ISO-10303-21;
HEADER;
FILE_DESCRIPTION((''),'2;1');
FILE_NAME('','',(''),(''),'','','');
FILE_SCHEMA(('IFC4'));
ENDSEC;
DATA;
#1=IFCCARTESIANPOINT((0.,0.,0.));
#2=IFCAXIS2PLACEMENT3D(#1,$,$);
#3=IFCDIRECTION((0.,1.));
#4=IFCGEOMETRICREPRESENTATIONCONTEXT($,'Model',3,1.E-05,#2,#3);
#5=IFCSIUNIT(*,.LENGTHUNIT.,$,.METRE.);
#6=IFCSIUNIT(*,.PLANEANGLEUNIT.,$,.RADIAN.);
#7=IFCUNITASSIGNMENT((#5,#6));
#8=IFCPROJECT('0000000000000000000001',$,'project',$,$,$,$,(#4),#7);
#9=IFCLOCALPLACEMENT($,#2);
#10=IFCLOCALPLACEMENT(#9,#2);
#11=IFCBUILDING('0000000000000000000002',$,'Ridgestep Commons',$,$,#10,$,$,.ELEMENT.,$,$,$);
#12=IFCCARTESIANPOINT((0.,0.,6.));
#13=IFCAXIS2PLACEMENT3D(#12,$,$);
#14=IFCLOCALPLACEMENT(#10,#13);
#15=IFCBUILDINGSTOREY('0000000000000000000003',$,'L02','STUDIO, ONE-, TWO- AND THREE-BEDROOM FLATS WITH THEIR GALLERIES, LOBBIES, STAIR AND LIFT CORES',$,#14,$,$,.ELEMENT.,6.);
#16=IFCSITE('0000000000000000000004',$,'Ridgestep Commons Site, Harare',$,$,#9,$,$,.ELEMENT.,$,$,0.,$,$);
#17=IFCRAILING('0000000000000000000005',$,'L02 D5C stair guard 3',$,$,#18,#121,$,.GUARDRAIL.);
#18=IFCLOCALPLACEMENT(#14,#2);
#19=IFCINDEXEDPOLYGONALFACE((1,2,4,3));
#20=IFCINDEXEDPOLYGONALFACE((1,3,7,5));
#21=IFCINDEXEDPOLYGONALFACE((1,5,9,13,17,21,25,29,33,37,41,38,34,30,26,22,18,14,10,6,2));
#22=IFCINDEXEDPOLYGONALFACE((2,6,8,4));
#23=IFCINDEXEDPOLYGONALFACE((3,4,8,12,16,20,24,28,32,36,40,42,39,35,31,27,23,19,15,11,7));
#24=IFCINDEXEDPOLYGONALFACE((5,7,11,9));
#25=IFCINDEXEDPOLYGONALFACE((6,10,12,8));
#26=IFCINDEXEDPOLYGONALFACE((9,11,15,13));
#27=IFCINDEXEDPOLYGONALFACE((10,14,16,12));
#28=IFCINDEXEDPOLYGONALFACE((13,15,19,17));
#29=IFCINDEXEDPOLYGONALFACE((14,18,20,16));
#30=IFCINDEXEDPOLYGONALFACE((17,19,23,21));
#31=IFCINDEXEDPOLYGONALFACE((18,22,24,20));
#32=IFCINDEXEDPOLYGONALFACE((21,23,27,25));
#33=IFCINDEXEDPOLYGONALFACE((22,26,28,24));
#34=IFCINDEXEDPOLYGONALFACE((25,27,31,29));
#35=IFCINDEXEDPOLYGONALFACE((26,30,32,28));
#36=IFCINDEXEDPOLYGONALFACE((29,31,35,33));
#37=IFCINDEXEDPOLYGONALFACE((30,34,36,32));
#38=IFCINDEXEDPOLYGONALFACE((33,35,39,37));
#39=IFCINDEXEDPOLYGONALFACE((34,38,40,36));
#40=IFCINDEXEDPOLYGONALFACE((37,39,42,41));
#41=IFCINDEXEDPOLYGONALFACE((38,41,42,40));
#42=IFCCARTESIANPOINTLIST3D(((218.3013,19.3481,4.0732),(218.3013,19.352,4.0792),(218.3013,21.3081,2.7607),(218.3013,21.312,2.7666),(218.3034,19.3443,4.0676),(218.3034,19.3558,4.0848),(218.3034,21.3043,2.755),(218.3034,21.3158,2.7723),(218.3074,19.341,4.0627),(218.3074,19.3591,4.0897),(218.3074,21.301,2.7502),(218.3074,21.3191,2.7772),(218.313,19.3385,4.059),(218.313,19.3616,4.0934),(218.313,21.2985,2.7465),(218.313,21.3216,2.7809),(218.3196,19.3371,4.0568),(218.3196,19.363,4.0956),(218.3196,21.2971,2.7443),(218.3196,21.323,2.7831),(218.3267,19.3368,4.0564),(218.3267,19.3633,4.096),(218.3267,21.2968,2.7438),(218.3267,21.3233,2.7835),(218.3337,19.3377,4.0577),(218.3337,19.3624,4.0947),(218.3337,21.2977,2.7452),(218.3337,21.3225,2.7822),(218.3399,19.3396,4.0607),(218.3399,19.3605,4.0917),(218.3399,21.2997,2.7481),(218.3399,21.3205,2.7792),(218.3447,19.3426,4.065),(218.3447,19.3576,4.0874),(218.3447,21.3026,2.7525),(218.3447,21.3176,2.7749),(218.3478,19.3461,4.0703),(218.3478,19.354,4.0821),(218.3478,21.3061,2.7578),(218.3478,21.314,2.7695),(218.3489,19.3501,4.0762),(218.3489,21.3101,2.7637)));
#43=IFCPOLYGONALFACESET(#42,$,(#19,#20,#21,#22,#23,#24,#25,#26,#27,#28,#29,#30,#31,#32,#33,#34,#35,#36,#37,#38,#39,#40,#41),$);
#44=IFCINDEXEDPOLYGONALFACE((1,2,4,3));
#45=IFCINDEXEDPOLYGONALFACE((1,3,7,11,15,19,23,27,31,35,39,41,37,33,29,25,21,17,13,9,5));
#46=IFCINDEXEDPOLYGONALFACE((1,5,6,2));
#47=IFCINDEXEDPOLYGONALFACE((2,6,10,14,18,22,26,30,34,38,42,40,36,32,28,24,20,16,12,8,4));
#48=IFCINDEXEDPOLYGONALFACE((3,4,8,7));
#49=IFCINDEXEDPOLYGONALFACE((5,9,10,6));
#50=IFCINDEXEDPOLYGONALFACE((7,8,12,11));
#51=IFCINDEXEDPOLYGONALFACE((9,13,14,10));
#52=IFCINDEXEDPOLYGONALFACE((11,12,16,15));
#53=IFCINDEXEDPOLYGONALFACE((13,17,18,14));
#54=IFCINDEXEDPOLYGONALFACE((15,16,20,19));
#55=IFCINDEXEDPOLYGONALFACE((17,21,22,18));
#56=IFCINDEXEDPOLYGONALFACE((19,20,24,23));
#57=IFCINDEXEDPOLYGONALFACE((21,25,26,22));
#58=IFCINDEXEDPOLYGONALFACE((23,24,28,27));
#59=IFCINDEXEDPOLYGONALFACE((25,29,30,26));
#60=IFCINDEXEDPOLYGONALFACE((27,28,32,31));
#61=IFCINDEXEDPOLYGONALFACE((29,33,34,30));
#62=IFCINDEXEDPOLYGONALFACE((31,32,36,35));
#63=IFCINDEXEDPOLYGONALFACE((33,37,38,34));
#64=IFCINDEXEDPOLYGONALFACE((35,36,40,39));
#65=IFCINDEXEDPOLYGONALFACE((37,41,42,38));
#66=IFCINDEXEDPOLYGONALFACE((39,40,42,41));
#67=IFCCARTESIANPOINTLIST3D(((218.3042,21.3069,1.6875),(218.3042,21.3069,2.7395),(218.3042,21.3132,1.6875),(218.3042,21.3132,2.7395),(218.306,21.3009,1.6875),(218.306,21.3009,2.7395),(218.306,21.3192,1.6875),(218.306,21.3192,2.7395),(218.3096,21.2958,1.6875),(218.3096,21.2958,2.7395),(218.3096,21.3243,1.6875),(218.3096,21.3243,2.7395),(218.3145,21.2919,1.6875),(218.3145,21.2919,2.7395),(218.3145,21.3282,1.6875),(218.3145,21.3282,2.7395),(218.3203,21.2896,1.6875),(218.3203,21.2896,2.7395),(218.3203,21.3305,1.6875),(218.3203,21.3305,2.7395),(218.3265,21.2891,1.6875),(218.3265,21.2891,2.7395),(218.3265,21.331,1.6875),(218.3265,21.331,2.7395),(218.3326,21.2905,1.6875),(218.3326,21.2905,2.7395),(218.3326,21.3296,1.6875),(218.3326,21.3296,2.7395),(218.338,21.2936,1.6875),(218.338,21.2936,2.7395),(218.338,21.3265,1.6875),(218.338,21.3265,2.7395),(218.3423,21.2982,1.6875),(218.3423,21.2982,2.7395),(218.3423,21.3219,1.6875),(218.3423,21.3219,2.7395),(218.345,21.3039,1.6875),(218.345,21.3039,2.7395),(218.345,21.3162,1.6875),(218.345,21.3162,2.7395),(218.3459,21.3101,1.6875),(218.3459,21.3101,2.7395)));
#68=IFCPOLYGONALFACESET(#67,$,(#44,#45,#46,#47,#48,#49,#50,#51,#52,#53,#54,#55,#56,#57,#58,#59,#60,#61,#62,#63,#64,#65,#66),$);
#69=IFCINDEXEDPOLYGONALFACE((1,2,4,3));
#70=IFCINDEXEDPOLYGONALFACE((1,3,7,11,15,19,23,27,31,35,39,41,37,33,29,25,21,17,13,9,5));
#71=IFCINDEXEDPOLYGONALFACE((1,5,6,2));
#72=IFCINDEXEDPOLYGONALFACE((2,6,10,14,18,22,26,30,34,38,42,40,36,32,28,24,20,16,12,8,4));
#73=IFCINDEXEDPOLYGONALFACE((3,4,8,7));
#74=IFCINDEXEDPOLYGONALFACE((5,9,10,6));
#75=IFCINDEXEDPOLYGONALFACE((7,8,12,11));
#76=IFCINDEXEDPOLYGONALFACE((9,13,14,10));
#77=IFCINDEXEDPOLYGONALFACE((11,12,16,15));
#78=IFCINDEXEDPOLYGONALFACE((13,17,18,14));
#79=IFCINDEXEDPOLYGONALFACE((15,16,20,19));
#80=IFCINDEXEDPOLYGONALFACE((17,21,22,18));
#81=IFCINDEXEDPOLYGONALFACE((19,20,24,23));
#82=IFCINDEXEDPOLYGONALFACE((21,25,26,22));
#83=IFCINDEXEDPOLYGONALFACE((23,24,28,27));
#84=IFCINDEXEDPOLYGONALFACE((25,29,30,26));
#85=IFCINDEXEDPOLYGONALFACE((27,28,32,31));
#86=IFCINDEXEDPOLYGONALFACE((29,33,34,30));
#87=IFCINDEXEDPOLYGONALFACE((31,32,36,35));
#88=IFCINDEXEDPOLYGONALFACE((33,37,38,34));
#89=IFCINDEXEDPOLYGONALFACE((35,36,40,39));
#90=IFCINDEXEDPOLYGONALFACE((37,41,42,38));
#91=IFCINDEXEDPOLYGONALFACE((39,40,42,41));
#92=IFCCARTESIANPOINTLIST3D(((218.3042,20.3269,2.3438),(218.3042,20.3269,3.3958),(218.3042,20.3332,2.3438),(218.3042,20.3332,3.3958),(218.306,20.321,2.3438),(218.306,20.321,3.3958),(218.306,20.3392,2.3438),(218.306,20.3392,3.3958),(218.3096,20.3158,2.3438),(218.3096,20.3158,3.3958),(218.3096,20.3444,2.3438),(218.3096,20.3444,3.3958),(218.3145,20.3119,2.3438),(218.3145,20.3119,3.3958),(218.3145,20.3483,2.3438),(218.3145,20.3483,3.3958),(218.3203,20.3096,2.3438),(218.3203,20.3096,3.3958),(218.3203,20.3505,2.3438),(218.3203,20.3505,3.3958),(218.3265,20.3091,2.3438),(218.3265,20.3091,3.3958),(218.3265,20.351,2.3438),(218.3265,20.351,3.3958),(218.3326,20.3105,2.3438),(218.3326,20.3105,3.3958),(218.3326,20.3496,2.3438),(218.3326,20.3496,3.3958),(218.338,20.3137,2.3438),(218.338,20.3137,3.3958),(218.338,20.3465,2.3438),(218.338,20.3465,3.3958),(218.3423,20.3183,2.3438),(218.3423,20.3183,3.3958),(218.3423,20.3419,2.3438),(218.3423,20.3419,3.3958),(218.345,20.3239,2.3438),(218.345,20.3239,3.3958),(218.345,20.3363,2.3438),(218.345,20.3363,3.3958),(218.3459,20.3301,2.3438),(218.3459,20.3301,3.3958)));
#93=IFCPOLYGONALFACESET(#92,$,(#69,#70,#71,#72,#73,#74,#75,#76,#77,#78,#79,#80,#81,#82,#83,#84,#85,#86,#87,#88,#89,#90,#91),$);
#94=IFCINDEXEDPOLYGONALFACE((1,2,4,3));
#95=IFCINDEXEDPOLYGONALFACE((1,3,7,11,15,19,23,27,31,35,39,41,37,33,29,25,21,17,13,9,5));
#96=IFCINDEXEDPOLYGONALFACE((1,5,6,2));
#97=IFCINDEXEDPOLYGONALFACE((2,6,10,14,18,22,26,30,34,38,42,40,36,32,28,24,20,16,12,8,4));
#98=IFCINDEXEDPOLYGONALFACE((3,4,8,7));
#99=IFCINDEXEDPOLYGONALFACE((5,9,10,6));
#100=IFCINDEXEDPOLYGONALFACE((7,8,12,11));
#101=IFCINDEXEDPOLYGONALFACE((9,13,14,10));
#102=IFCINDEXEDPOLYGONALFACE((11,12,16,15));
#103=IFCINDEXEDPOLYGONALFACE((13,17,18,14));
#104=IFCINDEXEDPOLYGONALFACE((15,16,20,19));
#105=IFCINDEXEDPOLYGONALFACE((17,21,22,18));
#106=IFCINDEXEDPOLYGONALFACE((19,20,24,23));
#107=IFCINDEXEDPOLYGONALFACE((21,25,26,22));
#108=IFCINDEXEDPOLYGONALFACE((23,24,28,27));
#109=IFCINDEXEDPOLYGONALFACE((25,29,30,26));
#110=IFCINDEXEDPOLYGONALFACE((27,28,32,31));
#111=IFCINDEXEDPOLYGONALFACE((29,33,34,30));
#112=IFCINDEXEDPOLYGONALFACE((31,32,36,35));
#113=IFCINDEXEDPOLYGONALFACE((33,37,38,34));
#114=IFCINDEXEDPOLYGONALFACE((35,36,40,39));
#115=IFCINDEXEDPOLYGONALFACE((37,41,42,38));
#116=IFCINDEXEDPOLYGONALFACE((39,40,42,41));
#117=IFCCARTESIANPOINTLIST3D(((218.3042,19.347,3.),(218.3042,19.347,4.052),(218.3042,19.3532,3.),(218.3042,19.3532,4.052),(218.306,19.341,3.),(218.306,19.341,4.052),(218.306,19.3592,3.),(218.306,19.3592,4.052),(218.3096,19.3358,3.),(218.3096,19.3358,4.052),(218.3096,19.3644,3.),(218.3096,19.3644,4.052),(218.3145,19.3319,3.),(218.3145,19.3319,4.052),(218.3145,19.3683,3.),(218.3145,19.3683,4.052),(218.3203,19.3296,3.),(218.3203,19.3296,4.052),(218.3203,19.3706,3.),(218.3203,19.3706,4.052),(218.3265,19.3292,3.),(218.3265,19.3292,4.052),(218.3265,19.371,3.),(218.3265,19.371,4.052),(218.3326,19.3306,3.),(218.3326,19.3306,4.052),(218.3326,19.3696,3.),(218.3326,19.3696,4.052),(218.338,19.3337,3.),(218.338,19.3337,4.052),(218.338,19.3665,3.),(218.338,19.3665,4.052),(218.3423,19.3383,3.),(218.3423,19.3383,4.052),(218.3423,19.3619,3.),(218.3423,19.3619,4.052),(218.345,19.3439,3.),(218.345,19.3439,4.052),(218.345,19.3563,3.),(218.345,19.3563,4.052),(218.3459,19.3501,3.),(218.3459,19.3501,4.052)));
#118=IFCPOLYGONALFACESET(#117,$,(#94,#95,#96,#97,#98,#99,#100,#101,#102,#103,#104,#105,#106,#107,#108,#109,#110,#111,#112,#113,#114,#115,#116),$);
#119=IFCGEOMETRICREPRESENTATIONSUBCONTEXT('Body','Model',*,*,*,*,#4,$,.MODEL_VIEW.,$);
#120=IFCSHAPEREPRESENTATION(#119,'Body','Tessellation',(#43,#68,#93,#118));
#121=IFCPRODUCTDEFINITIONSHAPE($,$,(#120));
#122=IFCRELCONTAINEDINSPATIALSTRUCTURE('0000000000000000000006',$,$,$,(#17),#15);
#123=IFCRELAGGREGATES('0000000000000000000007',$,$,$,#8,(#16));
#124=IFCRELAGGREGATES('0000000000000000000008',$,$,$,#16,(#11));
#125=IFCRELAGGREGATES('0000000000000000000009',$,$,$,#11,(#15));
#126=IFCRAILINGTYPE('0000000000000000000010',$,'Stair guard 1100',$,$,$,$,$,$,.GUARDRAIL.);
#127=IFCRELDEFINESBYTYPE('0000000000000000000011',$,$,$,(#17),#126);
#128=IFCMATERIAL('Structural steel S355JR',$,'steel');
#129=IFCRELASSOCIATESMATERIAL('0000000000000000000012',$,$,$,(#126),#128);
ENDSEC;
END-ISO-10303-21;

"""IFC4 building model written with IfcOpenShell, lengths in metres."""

from ifc_helpers import new_model, si_unit, direction, frame, origin, origin_2d, place, context, subcontext, project, spatial, circle, extrude, material, type_object, element, save


model = new_model("IFC4")

# Units and contexts
model_context = context("Model", 3, precision=1e-05, world=origin(), true_north=direction((0.0, 1.0)))
body_context = subcontext(model_context, "Body", "Model", "MODEL_VIEW")
ifc_project = project(units=[si_unit("LENGTHUNIT", "METRE"), si_unit("PLANEANGLEUNIT", "RADIAN")], contexts=[model_context])

# Site, building, storey
site_placement = place(None, origin())
site = spatial("IfcSite", under=ifc_project, at=site_placement, Name="Ridgestep Commons Site, Harare", CompositionType="ELEMENT", RefElevation=0.0)
building_placement = place(site_placement, origin())
building = spatial("IfcBuilding", under=site, at=building_placement, Name="Ridgestep Commons", CompositionType="ELEMENT")
storey_placement = place(building_placement, frame((0.0, 0.0, 6.0)))
storey = spatial("IfcBuildingStorey", under=building, at=storey_placement, Name="L02", Description="STUDIO, ONE-, TWO- AND THREE-BEDROOM FLATS WITH THEIR GALLERIES, LOBBIES, STAIR AND LIFT CORES", CompositionType="ELEMENT", Elevation=6.0)

# Railing
ifc_material_1 = material(Name="Structural steel S355JR", Category="steel")
railing_type_1 = type_object("IfcRailingType", Name="Stair guard 1100", PredefinedType="GUARDRAIL", material=ifc_material_1)
railing_1_placement = place(storey_placement, frame((218.325, 21.3101, 1.6875)))
element("IfcRailing", 1, at=railing_1_placement, inside=storey, type_object=railing_type_1, Name="L02 D5C stair guard 3", PredefinedType="GUARDRAIL", context=body_context, shape_type="SweptSolid", body=[
    extrude(circle(Radius=0.0239, at=origin_2d()), frame((0.0, 0.0, 1.0762), z_axis=(0.0, -0.830902, 0.556419), x_axis=(1.0, 0.0, 0.0)), (0.0, 0.0, 1.0), 2.3589),
    extrude(circle(Radius=0.021, at=origin_2d()), origin(), (0.0, 0.0, 1.0), 1.052),
    extrude(circle(Radius=0.021, at=origin_2d()), frame((0.0, -0.98, 0.6562)), (0.0, 0.0, 1.0), 1.052),
    extrude(circle(Radius=0.021, at=origin_2d()), frame((0.0, -1.96, 1.3125)), (0.0, 0.0, 1.0), 1.052),
])

save(model, "model.ifc")
